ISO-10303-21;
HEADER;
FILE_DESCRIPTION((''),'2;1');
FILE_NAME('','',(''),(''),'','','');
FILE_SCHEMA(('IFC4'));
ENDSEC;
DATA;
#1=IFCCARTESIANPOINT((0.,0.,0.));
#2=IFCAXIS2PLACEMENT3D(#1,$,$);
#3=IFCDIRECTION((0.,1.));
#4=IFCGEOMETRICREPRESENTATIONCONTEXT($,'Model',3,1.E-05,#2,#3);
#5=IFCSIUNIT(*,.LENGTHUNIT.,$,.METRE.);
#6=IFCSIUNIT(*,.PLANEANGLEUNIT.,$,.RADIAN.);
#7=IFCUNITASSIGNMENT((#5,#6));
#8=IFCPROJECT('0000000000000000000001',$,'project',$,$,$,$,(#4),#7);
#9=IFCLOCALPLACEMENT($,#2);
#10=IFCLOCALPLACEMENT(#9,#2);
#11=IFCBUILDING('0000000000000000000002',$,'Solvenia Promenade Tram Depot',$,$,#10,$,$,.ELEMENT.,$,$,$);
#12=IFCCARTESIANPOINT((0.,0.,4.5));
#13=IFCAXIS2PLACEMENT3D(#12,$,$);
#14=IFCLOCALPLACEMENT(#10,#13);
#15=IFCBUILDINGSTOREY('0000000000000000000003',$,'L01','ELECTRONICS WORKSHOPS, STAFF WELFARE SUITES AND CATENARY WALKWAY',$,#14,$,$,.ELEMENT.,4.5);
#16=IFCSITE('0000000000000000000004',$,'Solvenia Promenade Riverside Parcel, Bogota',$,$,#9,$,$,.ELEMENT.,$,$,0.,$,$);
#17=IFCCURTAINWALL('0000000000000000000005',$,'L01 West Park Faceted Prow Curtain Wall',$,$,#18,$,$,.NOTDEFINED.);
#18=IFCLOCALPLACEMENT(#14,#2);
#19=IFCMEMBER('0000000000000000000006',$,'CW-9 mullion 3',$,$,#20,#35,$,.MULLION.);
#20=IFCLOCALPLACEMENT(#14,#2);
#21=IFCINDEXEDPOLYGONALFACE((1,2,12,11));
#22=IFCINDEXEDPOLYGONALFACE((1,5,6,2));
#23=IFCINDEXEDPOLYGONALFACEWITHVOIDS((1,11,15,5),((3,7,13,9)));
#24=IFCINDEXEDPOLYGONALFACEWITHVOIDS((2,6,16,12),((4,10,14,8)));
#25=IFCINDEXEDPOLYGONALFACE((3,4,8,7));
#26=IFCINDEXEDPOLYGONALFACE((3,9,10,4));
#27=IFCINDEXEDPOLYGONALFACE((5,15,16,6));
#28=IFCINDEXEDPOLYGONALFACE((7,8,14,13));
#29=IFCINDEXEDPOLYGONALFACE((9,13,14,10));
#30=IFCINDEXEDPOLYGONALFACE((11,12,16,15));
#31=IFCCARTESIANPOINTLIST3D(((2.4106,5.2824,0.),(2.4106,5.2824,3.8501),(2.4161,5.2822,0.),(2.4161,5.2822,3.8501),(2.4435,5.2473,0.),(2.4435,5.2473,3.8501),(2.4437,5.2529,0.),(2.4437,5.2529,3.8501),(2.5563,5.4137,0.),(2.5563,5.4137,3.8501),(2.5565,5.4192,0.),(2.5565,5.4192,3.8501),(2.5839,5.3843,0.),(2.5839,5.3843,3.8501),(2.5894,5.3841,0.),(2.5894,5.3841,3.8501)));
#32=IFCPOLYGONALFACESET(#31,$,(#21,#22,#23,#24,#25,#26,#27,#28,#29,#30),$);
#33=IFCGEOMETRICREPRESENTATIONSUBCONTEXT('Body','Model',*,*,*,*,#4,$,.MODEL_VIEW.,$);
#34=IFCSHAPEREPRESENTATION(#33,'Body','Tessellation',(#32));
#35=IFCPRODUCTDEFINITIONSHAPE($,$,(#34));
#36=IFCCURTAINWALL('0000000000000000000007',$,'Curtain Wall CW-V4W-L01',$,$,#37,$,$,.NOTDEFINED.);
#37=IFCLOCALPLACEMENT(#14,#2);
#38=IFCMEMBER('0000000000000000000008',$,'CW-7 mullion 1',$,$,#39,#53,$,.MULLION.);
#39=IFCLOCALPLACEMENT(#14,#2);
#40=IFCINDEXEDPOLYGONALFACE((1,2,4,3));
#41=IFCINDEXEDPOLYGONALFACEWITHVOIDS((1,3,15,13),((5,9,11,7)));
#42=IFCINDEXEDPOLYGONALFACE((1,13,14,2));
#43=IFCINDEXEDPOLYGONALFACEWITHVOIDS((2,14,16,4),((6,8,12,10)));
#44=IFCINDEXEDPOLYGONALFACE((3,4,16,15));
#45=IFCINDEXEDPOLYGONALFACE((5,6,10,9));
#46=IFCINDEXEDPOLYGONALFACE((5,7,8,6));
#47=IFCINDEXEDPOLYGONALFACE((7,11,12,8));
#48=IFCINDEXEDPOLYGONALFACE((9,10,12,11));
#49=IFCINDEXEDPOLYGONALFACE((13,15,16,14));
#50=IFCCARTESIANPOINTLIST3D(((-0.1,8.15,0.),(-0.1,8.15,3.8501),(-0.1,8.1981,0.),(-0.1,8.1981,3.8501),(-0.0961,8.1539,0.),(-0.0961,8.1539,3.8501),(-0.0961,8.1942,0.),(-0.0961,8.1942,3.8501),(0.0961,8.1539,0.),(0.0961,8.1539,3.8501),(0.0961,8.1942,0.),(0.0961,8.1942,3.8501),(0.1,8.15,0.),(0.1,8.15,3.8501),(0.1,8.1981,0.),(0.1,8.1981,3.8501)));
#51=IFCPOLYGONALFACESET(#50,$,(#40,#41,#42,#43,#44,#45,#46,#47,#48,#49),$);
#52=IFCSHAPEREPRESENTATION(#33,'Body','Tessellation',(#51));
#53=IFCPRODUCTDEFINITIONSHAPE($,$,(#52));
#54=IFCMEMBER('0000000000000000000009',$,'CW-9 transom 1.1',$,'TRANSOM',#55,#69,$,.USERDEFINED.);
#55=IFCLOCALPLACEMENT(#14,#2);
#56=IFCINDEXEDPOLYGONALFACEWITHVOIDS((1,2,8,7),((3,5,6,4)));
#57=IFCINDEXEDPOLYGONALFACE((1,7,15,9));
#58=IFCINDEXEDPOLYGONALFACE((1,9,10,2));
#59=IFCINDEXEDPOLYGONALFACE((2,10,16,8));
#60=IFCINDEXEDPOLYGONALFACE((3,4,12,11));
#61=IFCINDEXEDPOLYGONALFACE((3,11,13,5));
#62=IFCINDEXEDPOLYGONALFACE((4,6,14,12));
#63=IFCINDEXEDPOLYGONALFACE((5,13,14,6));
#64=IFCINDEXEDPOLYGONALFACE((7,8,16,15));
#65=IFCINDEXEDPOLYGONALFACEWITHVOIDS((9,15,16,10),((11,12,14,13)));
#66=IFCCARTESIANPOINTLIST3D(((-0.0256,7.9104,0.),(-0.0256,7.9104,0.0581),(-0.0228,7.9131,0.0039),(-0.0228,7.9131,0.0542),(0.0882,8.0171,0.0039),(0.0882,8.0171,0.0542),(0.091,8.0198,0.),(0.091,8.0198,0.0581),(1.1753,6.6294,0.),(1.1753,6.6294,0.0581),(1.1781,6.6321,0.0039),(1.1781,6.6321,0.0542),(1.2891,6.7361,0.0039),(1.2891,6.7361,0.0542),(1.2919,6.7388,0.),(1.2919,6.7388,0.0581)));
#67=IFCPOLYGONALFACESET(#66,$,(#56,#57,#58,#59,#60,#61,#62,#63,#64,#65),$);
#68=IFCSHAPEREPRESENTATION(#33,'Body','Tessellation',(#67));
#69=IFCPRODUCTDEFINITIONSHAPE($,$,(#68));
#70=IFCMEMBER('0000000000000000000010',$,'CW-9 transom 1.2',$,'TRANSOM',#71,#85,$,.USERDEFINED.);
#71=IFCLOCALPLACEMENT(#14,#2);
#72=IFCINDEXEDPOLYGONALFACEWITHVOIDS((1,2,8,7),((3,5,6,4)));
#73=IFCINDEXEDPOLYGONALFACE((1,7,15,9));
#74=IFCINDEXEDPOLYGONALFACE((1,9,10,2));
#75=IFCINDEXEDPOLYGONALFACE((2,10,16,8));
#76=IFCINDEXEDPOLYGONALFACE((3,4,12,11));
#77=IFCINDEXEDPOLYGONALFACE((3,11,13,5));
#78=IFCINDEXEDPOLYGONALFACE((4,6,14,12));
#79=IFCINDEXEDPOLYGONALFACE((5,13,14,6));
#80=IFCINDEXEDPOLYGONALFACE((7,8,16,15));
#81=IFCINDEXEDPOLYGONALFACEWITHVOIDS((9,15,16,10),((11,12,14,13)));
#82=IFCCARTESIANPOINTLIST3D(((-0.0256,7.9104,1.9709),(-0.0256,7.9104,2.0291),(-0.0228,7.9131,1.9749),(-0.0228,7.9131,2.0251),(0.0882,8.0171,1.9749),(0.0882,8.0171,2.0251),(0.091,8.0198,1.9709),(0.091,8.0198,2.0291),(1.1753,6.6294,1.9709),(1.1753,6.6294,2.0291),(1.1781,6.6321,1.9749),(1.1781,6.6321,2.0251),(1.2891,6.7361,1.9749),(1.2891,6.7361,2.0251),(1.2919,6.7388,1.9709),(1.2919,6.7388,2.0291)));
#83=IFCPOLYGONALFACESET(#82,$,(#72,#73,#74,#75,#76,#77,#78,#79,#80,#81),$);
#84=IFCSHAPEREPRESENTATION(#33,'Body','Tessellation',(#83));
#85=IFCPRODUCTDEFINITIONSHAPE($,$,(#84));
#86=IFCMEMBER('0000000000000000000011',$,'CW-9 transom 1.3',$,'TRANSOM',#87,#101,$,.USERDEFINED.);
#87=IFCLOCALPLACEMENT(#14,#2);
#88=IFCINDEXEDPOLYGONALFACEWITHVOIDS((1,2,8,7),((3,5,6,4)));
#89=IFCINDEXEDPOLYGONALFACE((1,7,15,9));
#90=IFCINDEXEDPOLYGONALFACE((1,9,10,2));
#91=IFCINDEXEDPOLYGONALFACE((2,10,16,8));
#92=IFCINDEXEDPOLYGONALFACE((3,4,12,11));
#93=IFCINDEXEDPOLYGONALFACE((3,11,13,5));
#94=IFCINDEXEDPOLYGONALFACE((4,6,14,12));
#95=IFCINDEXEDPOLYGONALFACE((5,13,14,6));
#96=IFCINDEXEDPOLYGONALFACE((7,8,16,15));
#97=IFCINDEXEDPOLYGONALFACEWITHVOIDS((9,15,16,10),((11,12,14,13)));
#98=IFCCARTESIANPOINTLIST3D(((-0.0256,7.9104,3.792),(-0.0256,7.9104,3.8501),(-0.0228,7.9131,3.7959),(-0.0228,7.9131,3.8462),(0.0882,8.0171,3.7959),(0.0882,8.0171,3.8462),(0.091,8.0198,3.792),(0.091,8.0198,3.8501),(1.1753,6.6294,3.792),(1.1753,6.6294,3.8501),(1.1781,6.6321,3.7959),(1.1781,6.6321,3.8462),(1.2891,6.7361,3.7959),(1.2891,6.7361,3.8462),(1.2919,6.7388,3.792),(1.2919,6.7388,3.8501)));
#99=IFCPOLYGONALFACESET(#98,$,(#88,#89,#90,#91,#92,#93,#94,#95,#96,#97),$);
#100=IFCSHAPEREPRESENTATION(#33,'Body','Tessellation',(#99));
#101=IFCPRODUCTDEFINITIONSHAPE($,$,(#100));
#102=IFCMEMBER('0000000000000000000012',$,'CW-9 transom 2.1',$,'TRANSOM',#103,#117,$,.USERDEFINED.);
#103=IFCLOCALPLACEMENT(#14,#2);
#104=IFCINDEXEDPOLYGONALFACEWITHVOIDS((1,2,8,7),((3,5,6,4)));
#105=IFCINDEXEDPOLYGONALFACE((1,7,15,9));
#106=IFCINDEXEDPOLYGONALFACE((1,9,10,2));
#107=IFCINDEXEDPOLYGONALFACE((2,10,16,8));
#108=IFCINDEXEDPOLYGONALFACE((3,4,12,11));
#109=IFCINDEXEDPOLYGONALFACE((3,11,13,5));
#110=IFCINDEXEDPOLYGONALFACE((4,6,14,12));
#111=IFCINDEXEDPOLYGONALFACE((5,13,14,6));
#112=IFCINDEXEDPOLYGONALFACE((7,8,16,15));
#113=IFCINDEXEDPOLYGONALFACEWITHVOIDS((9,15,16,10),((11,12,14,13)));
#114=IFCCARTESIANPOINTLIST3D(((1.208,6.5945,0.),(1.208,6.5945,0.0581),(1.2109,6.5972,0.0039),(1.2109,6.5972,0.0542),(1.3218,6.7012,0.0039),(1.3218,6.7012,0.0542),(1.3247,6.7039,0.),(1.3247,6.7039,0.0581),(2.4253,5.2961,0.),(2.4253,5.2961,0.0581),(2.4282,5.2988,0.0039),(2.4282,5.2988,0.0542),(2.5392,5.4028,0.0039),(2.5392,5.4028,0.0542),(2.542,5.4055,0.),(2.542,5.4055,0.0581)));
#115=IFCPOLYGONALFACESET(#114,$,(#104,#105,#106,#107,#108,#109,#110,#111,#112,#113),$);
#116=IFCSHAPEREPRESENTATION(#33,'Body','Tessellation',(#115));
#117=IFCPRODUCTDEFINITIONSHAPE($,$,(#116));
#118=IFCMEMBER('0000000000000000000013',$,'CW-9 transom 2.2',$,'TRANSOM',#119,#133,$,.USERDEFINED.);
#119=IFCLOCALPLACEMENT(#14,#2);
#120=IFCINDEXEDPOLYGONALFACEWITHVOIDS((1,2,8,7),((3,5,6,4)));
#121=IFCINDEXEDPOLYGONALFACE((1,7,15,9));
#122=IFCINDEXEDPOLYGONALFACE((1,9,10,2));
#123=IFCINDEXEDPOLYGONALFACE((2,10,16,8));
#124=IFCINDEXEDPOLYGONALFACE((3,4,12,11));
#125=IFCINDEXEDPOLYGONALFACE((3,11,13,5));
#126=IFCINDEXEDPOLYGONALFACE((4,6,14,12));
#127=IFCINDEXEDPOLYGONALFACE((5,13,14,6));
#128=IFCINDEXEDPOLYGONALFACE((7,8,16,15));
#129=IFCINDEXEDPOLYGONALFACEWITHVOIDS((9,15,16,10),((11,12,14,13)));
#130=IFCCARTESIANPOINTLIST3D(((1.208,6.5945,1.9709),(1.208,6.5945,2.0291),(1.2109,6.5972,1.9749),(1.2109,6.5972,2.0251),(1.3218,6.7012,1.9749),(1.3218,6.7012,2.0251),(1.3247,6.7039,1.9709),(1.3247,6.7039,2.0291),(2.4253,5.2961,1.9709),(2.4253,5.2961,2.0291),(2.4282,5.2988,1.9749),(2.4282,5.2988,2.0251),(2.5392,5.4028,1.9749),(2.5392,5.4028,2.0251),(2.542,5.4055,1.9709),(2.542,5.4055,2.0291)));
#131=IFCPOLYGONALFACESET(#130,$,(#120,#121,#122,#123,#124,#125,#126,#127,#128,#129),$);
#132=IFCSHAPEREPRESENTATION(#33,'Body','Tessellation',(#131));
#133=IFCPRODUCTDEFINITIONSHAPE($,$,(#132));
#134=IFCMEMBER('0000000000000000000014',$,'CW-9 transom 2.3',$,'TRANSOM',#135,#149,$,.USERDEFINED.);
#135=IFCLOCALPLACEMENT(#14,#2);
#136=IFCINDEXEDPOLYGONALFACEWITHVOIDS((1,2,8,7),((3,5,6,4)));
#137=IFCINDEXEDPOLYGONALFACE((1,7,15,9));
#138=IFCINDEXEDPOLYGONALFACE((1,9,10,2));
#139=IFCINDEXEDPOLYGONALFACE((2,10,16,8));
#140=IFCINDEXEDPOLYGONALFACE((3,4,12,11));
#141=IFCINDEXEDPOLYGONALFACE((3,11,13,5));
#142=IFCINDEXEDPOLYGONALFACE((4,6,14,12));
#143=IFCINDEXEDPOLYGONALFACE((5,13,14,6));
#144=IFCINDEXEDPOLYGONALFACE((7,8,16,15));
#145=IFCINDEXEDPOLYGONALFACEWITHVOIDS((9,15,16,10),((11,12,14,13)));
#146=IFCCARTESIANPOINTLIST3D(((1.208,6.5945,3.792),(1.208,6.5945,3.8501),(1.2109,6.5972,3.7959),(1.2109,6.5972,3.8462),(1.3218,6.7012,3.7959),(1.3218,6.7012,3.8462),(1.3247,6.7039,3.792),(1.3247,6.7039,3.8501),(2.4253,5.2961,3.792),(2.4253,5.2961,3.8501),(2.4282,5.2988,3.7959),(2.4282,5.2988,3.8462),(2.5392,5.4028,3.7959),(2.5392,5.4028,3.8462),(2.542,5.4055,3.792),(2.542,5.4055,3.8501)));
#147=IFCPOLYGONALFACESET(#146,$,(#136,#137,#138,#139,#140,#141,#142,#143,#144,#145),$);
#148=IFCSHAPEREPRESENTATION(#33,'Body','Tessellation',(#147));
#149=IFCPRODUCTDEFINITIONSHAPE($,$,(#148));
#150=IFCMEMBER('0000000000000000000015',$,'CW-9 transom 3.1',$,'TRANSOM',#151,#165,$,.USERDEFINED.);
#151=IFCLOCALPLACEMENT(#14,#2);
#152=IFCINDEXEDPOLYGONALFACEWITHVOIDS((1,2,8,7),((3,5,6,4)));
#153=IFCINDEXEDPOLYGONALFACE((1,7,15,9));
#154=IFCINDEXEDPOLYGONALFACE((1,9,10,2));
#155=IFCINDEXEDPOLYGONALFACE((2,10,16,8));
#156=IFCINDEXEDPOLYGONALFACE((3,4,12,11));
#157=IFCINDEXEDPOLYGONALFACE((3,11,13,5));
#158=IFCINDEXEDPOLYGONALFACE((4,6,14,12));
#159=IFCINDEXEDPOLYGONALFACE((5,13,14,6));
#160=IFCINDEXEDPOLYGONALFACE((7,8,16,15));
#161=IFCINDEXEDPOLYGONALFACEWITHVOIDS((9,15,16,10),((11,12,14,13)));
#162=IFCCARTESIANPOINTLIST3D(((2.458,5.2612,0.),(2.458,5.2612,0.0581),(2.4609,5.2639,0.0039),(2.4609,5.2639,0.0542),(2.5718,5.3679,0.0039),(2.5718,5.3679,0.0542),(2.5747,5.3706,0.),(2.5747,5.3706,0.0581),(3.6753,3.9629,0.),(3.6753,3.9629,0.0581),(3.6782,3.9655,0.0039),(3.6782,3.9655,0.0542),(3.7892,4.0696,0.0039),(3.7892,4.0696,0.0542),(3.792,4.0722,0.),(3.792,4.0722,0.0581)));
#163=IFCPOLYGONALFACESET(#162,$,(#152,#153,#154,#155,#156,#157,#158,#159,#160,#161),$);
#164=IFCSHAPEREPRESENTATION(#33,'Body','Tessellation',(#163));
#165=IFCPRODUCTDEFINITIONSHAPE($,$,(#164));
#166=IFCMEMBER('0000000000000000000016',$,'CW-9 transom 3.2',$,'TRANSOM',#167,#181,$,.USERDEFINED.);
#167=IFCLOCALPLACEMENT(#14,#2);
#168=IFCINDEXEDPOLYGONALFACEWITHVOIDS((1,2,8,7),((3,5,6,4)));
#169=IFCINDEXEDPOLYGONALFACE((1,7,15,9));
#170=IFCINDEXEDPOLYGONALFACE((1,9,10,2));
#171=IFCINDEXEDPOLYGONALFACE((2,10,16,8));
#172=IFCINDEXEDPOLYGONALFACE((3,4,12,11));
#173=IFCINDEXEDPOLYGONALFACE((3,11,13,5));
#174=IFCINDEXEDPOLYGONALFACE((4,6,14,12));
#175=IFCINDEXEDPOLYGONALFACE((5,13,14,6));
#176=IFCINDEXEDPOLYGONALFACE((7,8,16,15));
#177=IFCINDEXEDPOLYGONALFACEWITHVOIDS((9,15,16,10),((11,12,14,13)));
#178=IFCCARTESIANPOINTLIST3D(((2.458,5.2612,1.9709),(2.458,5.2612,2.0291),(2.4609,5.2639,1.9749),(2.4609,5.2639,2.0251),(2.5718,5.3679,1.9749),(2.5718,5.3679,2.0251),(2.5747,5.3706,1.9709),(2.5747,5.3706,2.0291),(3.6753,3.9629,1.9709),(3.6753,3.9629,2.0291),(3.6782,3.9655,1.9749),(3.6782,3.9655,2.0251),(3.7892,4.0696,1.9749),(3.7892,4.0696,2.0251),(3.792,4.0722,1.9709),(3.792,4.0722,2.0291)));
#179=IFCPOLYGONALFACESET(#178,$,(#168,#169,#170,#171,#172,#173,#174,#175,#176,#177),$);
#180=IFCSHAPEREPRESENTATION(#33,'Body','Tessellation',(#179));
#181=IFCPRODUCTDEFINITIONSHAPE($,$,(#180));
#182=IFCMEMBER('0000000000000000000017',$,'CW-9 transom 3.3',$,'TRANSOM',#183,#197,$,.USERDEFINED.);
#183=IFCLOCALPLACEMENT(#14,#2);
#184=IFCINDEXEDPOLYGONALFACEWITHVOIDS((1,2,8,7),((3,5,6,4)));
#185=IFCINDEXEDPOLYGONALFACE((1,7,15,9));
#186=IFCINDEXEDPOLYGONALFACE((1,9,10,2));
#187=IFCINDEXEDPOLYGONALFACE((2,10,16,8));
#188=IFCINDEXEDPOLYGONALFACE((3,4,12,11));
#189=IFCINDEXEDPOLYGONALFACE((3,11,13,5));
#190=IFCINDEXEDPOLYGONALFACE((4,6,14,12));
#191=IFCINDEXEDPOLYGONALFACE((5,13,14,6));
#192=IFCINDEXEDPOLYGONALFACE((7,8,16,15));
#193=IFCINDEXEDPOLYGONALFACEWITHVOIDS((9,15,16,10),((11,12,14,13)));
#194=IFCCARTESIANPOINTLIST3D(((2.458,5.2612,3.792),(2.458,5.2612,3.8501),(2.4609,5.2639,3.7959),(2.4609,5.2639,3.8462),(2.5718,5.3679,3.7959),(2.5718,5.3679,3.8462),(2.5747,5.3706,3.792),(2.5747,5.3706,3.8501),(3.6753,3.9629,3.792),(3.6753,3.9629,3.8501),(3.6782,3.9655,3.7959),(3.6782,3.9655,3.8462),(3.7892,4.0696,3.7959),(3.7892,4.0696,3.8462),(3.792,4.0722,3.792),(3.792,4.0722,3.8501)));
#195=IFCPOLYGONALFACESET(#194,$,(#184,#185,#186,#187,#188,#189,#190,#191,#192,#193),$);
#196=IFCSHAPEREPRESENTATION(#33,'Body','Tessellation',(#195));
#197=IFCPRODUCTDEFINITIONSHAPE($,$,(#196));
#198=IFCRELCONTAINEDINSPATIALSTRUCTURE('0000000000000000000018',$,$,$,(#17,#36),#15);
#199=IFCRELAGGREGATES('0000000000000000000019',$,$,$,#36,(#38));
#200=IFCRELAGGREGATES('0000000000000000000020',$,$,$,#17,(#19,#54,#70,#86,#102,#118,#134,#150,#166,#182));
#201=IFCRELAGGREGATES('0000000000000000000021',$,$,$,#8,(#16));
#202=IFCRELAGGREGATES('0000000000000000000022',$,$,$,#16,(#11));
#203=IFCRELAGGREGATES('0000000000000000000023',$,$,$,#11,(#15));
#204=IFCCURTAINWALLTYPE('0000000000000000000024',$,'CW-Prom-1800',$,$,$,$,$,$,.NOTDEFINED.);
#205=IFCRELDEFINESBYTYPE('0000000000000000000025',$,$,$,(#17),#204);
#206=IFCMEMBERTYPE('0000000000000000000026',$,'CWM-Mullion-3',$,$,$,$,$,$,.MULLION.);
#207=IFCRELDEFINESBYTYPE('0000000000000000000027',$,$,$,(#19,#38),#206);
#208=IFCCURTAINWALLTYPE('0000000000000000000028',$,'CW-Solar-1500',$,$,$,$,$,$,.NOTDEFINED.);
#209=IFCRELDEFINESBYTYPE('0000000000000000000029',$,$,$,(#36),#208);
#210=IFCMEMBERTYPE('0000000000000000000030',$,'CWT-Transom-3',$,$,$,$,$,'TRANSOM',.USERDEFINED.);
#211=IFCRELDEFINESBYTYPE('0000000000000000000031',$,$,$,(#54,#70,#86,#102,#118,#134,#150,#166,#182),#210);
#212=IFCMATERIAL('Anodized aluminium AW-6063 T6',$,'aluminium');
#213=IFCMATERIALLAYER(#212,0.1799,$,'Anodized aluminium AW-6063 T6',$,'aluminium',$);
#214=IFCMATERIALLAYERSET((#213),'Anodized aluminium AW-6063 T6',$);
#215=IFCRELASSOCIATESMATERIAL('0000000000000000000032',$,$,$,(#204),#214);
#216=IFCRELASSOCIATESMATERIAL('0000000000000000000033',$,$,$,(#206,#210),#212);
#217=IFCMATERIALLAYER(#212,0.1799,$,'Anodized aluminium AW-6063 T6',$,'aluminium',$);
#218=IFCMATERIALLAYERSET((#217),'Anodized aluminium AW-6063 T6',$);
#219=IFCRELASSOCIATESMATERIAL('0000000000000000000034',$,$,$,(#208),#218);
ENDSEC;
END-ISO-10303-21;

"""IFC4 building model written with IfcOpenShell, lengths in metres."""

from ifc_helpers import new_model, si_unit, direction, frame, origin, origin_2d, place, context, subcontext, project, spatial, hollow_rectangle, extrude, material, layer, layer_set, material_profile, profile_set, type_object, element, aggregate, save


model = new_model("IFC4")

# Units and contexts
model_context = context("Model", 3, precision=1e-05, world=origin(), true_north=direction((0.0, 1.0)))
body_context = subcontext(model_context, "Body", "Model", "MODEL_VIEW")
ifc_project = project(units=[si_unit("LENGTHUNIT", "METRE"), si_unit("PLANEANGLEUNIT", "RADIAN")], contexts=[model_context])

# Site, building, storey
site_placement = place(None, origin())
site = spatial("IfcSite", under=ifc_project, at=site_placement, Name="Solvenia Promenade Riverside Parcel, Bogota", CompositionType="ELEMENT", RefElevation=0.0)
building_placement = place(site_placement, origin())
building = spatial("IfcBuilding", under=site, at=building_placement, Name="Solvenia Promenade Tram Depot", CompositionType="ELEMENT")
storey_placement = place(building_placement, frame((0.0, 0.0, 4.5)))
storey = spatial("IfcBuildingStorey", under=building, at=storey_placement, Name="L01", Description="ELECTRONICS WORKSHOPS, STAFF WELFARE SUITES AND CATENARY WALKWAY", CompositionType="ELEMENT", Elevation=4.5)

# Curtain wall, member
ifc_material_1 = material(Name="Anodized aluminium AW-6063 T6", Category="aluminium")
ifc_layer_1 = layer(ifc_material_1, 0.1799, Name="Anodized aluminium AW-6063 T6", Category="aluminium")
ifc_layer_set_1 = layer_set([ifc_layer_1], Name="Anodized aluminium AW-6063 T6")
curtain_wall_type_1 = type_object("IfcCurtainWallType", Name="CW-Prom-1800", PredefinedType="NOTDEFINED", material=ifc_layer_set_1)
curtain_wall_1_placement = place(storey_placement, origin())
curtain_wall_1 = element("IfcCurtainWall", 1, at=curtain_wall_1_placement, inside=storey, type_object=curtain_wall_type_1, Name="L01 West Park Faceted Prow Curtain Wall", PredefinedType="NOTDEFINED")
ifc_material_profile_1 = material_profile(ifc_material_1, hollow_rectangle(XDim=0.2, YDim=0.0481, WallThickness=0.0039, at=origin_2d()), Name="ALU-M3", Category="aluminium")
ifc_profile_set_1 = profile_set([ifc_material_profile_1], Name="Anodized aluminium AW-6063 T6")
member_type_1 = type_object("IfcMemberType", Name="CWM-Mullion-3", PredefinedType="MULLION", material=ifc_profile_set_1)
member_1_placement = place(storey_placement, frame((2.5, 5.3333, 0.0), z_axis=(0.0, 0.0, 1.0), x_axis=(0.729537, 0.683941, 0.0)))
member_1 = element("IfcMember", 2, at=member_1_placement, type_object=member_type_1, Name="CW-9 mullion 3", PredefinedType="MULLION", context=body_context, shape_type="SweptSolid", body=[
    extrude(hollow_rectangle(XDim=0.2, YDim=0.0481, WallThickness=0.0039, at=origin_2d()), origin(), (0.0, 0.0, 1.0), 3.8501),
])

# Curtain wall, member
ifc_layer_2 = layer(ifc_material_1, 0.1799, Name="Anodized aluminium AW-6063 T6", Category="aluminium")
ifc_layer_set_2 = layer_set([ifc_layer_2], Name="Anodized aluminium AW-6063 T6")
curtain_wall_type_2 = type_object("IfcCurtainWallType", Name="CW-Solar-1500", PredefinedType="NOTDEFINED", material=ifc_layer_set_2)
curtain_wall_2_placement = place(storey_placement, origin())
curtain_wall_2 = element("IfcCurtainWall", 3, at=curtain_wall_2_placement, inside=storey, type_object=curtain_wall_type_2, Name="Curtain Wall CW-V4W-L01", PredefinedType="NOTDEFINED")
member_2_placement = place(storey_placement, frame((0.0, 8.1741, 0.0), z_axis=(0.0, 0.0, 1.0), x_axis=(-1.0, 0.0, 0.0)))
member_2 = element("IfcMember", 4, at=member_2_placement, type_object=member_type_1, Name="CW-7 mullion 1", PredefinedType="MULLION", context=body_context, shape_type="SweptSolid", body=[
    extrude(hollow_rectangle(XDim=0.2, YDim=0.0481, WallThickness=0.0039, at=origin_2d()), origin(), (0.0, 0.0, 1.0), 3.8501),
])

# Members
ifc_material_profile_2 = material_profile(ifc_material_1, hollow_rectangle(XDim=0.1599, YDim=0.0581, WallThickness=0.0039, at=origin_2d()), Name="ALU-T3", Category="aluminium")
ifc_profile_set_2 = profile_set([ifc_material_profile_2], Name="Anodized aluminium AW-6063 T6")
member_type_2 = type_object("IfcMemberType", Name="CWT-Transom-3", ElementType="TRANSOM", PredefinedType="USERDEFINED", material=ifc_profile_set_2)
member_3_placement = place(storey_placement, frame((0.0327, 7.9651, 0.0291), z_axis=(0.683937, -0.729542, 0.0), x_axis=(0.729542, 0.683937, 0.0)))
member_3 = element("IfcMember", 5, at=member_3_placement, type_object=member_type_2, Name="CW-9 transom 1.1", ObjectType="TRANSOM", PredefinedType="USERDEFINED", context=body_context, shape_type="SweptSolid", body=[
    extrude(hollow_rectangle(XDim=0.1599, YDim=0.0581, WallThickness=0.0039, at=origin_2d()), origin(), (0.0, 0.0, 1.0), 1.7559),
])
member_4_placement = place(storey_placement, frame((0.0327, 7.9651, 2.0), z_axis=(0.683937, -0.729542, 0.0), x_axis=(0.729542, 0.683937, 0.0)))
member_4 = element("IfcMember", 6, at=member_4_placement, type_object=member_type_2, Name="CW-9 transom 1.2", ObjectType="TRANSOM", PredefinedType="USERDEFINED", context=body_context, shape_type="SweptSolid", body=[
    extrude(hollow_rectangle(XDim=0.1599, YDim=0.0581, WallThickness=0.0039, at=origin_2d()), origin(), (0.0, 0.0, 1.0), 1.7559),
])
member_5_placement = place(storey_placement, frame((0.0327, 7.9651, 3.821), z_axis=(0.683937, -0.729542, 0.0), x_axis=(0.729542, 0.683937, 0.0)))
member_5 = element("IfcMember", 7, at=member_5_placement, type_object=member_type_2, Name="CW-9 transom 1.3", ObjectType="TRANSOM", PredefinedType="USERDEFINED", context=body_context, shape_type="SweptSolid", body=[
    extrude(hollow_rectangle(XDim=0.1599, YDim=0.0581, WallThickness=0.0039, at=origin_2d()), origin(), (0.0, 0.0, 1.0), 1.7559),
])
member_6_placement = place(storey_placement, frame((1.2664, 6.6492, 0.0291), z_axis=(0.683969, -0.729512, 0.0), x_axis=(0.729512, 0.683969, 0.0)))
member_6 = element("IfcMember", 8, at=member_6_placement, type_object=member_type_2, Name="CW-9 transom 2.1", ObjectType="TRANSOM", PredefinedType="USERDEFINED", context=body_context, shape_type="SweptSolid", body=[
    extrude(hollow_rectangle(XDim=0.1599, YDim=0.0581, WallThickness=0.0039, at=origin_2d()), origin(), (0.0, 0.0, 1.0), 1.7798),
])
member_7_placement = place(storey_placement, frame((1.2664, 6.6492, 2.0), z_axis=(0.683969, -0.729512, 0.0), x_axis=(0.729512, 0.683969, 0.0)))
member_7 = element("IfcMember", 9, at=member_7_placement, type_object=member_type_2, Name="CW-9 transom 2.2", ObjectType="TRANSOM", PredefinedType="USERDEFINED", context=body_context, shape_type="SweptSolid", body=[
    extrude(hollow_rectangle(XDim=0.1599, YDim=0.0581, WallThickness=0.0039, at=origin_2d()), origin(), (0.0, 0.0, 1.0), 1.7798),
])
member_8_placement = place(storey_placement, frame((1.2664, 6.6492, 3.821), z_axis=(0.683969, -0.729512, 0.0), x_axis=(0.729512, 0.683969, 0.0)))
member_8 = element("IfcMember", 10, at=member_8_placement, type_object=member_type_2, Name="CW-9 transom 2.3", ObjectType="TRANSOM", PredefinedType="USERDEFINED", context=body_context, shape_type="SweptSolid", body=[
    extrude(hollow_rectangle(XDim=0.1599, YDim=0.0581, WallThickness=0.0039, at=origin_2d()), origin(), (0.0, 0.0, 1.0), 1.7798),
])
member_9_placement = place(storey_placement, frame((2.5164, 5.3159, 0.0291), z_axis=(0.683969, -0.729512, 0.0), x_axis=(0.729512, 0.683969, 0.0)))
member_9 = element("IfcMember", 11, at=member_9_placement, type_object=member_type_2, Name="CW-9 transom 3.1", ObjectType="TRANSOM", PredefinedType="USERDEFINED", context=body_context, shape_type="SweptSolid", body=[
    extrude(hollow_rectangle(XDim=0.1599, YDim=0.0581, WallThickness=0.0039, at=origin_2d()), origin(), (0.0, 0.0, 1.0), 1.7798),
])
member_10_placement = place(storey_placement, frame((2.5164, 5.3159, 2.0), z_axis=(0.683969, -0.729512, 0.0), x_axis=(0.729512, 0.683969, 0.0)))
member_10 = element("IfcMember", 12, at=member_10_placement, type_object=member_type_2, Name="CW-9 transom 3.2", ObjectType="TRANSOM", PredefinedType="USERDEFINED", context=body_context, shape_type="SweptSolid", body=[
    extrude(hollow_rectangle(XDim=0.1599, YDim=0.0581, WallThickness=0.0039, at=origin_2d()), origin(), (0.0, 0.0, 1.0), 1.7798),
])
member_11_placement = place(storey_placement, frame((2.5164, 5.3159, 3.821), z_axis=(0.683969, -0.729512, 0.0), x_axis=(0.729512, 0.683969, 0.0)))
member_11 = element("IfcMember", 13, at=member_11_placement, type_object=member_type_2, Name="CW-9 transom 3.3", ObjectType="TRANSOM", PredefinedType="USERDEFINED", context=body_context, shape_type="SweptSolid", body=[
    extrude(hollow_rectangle(XDim=0.1599, YDim=0.0581, WallThickness=0.0039, at=origin_2d()), origin(), (0.0, 0.0, 1.0), 1.7798),
])
aggregate(curtain_wall_2, [member_2])

aggregate(curtain_wall_1, [member_1, member_3, member_4, member_5, member_6, member_7, member_8, member_9, member_10, member_11])

save(model, "model.ifc")
